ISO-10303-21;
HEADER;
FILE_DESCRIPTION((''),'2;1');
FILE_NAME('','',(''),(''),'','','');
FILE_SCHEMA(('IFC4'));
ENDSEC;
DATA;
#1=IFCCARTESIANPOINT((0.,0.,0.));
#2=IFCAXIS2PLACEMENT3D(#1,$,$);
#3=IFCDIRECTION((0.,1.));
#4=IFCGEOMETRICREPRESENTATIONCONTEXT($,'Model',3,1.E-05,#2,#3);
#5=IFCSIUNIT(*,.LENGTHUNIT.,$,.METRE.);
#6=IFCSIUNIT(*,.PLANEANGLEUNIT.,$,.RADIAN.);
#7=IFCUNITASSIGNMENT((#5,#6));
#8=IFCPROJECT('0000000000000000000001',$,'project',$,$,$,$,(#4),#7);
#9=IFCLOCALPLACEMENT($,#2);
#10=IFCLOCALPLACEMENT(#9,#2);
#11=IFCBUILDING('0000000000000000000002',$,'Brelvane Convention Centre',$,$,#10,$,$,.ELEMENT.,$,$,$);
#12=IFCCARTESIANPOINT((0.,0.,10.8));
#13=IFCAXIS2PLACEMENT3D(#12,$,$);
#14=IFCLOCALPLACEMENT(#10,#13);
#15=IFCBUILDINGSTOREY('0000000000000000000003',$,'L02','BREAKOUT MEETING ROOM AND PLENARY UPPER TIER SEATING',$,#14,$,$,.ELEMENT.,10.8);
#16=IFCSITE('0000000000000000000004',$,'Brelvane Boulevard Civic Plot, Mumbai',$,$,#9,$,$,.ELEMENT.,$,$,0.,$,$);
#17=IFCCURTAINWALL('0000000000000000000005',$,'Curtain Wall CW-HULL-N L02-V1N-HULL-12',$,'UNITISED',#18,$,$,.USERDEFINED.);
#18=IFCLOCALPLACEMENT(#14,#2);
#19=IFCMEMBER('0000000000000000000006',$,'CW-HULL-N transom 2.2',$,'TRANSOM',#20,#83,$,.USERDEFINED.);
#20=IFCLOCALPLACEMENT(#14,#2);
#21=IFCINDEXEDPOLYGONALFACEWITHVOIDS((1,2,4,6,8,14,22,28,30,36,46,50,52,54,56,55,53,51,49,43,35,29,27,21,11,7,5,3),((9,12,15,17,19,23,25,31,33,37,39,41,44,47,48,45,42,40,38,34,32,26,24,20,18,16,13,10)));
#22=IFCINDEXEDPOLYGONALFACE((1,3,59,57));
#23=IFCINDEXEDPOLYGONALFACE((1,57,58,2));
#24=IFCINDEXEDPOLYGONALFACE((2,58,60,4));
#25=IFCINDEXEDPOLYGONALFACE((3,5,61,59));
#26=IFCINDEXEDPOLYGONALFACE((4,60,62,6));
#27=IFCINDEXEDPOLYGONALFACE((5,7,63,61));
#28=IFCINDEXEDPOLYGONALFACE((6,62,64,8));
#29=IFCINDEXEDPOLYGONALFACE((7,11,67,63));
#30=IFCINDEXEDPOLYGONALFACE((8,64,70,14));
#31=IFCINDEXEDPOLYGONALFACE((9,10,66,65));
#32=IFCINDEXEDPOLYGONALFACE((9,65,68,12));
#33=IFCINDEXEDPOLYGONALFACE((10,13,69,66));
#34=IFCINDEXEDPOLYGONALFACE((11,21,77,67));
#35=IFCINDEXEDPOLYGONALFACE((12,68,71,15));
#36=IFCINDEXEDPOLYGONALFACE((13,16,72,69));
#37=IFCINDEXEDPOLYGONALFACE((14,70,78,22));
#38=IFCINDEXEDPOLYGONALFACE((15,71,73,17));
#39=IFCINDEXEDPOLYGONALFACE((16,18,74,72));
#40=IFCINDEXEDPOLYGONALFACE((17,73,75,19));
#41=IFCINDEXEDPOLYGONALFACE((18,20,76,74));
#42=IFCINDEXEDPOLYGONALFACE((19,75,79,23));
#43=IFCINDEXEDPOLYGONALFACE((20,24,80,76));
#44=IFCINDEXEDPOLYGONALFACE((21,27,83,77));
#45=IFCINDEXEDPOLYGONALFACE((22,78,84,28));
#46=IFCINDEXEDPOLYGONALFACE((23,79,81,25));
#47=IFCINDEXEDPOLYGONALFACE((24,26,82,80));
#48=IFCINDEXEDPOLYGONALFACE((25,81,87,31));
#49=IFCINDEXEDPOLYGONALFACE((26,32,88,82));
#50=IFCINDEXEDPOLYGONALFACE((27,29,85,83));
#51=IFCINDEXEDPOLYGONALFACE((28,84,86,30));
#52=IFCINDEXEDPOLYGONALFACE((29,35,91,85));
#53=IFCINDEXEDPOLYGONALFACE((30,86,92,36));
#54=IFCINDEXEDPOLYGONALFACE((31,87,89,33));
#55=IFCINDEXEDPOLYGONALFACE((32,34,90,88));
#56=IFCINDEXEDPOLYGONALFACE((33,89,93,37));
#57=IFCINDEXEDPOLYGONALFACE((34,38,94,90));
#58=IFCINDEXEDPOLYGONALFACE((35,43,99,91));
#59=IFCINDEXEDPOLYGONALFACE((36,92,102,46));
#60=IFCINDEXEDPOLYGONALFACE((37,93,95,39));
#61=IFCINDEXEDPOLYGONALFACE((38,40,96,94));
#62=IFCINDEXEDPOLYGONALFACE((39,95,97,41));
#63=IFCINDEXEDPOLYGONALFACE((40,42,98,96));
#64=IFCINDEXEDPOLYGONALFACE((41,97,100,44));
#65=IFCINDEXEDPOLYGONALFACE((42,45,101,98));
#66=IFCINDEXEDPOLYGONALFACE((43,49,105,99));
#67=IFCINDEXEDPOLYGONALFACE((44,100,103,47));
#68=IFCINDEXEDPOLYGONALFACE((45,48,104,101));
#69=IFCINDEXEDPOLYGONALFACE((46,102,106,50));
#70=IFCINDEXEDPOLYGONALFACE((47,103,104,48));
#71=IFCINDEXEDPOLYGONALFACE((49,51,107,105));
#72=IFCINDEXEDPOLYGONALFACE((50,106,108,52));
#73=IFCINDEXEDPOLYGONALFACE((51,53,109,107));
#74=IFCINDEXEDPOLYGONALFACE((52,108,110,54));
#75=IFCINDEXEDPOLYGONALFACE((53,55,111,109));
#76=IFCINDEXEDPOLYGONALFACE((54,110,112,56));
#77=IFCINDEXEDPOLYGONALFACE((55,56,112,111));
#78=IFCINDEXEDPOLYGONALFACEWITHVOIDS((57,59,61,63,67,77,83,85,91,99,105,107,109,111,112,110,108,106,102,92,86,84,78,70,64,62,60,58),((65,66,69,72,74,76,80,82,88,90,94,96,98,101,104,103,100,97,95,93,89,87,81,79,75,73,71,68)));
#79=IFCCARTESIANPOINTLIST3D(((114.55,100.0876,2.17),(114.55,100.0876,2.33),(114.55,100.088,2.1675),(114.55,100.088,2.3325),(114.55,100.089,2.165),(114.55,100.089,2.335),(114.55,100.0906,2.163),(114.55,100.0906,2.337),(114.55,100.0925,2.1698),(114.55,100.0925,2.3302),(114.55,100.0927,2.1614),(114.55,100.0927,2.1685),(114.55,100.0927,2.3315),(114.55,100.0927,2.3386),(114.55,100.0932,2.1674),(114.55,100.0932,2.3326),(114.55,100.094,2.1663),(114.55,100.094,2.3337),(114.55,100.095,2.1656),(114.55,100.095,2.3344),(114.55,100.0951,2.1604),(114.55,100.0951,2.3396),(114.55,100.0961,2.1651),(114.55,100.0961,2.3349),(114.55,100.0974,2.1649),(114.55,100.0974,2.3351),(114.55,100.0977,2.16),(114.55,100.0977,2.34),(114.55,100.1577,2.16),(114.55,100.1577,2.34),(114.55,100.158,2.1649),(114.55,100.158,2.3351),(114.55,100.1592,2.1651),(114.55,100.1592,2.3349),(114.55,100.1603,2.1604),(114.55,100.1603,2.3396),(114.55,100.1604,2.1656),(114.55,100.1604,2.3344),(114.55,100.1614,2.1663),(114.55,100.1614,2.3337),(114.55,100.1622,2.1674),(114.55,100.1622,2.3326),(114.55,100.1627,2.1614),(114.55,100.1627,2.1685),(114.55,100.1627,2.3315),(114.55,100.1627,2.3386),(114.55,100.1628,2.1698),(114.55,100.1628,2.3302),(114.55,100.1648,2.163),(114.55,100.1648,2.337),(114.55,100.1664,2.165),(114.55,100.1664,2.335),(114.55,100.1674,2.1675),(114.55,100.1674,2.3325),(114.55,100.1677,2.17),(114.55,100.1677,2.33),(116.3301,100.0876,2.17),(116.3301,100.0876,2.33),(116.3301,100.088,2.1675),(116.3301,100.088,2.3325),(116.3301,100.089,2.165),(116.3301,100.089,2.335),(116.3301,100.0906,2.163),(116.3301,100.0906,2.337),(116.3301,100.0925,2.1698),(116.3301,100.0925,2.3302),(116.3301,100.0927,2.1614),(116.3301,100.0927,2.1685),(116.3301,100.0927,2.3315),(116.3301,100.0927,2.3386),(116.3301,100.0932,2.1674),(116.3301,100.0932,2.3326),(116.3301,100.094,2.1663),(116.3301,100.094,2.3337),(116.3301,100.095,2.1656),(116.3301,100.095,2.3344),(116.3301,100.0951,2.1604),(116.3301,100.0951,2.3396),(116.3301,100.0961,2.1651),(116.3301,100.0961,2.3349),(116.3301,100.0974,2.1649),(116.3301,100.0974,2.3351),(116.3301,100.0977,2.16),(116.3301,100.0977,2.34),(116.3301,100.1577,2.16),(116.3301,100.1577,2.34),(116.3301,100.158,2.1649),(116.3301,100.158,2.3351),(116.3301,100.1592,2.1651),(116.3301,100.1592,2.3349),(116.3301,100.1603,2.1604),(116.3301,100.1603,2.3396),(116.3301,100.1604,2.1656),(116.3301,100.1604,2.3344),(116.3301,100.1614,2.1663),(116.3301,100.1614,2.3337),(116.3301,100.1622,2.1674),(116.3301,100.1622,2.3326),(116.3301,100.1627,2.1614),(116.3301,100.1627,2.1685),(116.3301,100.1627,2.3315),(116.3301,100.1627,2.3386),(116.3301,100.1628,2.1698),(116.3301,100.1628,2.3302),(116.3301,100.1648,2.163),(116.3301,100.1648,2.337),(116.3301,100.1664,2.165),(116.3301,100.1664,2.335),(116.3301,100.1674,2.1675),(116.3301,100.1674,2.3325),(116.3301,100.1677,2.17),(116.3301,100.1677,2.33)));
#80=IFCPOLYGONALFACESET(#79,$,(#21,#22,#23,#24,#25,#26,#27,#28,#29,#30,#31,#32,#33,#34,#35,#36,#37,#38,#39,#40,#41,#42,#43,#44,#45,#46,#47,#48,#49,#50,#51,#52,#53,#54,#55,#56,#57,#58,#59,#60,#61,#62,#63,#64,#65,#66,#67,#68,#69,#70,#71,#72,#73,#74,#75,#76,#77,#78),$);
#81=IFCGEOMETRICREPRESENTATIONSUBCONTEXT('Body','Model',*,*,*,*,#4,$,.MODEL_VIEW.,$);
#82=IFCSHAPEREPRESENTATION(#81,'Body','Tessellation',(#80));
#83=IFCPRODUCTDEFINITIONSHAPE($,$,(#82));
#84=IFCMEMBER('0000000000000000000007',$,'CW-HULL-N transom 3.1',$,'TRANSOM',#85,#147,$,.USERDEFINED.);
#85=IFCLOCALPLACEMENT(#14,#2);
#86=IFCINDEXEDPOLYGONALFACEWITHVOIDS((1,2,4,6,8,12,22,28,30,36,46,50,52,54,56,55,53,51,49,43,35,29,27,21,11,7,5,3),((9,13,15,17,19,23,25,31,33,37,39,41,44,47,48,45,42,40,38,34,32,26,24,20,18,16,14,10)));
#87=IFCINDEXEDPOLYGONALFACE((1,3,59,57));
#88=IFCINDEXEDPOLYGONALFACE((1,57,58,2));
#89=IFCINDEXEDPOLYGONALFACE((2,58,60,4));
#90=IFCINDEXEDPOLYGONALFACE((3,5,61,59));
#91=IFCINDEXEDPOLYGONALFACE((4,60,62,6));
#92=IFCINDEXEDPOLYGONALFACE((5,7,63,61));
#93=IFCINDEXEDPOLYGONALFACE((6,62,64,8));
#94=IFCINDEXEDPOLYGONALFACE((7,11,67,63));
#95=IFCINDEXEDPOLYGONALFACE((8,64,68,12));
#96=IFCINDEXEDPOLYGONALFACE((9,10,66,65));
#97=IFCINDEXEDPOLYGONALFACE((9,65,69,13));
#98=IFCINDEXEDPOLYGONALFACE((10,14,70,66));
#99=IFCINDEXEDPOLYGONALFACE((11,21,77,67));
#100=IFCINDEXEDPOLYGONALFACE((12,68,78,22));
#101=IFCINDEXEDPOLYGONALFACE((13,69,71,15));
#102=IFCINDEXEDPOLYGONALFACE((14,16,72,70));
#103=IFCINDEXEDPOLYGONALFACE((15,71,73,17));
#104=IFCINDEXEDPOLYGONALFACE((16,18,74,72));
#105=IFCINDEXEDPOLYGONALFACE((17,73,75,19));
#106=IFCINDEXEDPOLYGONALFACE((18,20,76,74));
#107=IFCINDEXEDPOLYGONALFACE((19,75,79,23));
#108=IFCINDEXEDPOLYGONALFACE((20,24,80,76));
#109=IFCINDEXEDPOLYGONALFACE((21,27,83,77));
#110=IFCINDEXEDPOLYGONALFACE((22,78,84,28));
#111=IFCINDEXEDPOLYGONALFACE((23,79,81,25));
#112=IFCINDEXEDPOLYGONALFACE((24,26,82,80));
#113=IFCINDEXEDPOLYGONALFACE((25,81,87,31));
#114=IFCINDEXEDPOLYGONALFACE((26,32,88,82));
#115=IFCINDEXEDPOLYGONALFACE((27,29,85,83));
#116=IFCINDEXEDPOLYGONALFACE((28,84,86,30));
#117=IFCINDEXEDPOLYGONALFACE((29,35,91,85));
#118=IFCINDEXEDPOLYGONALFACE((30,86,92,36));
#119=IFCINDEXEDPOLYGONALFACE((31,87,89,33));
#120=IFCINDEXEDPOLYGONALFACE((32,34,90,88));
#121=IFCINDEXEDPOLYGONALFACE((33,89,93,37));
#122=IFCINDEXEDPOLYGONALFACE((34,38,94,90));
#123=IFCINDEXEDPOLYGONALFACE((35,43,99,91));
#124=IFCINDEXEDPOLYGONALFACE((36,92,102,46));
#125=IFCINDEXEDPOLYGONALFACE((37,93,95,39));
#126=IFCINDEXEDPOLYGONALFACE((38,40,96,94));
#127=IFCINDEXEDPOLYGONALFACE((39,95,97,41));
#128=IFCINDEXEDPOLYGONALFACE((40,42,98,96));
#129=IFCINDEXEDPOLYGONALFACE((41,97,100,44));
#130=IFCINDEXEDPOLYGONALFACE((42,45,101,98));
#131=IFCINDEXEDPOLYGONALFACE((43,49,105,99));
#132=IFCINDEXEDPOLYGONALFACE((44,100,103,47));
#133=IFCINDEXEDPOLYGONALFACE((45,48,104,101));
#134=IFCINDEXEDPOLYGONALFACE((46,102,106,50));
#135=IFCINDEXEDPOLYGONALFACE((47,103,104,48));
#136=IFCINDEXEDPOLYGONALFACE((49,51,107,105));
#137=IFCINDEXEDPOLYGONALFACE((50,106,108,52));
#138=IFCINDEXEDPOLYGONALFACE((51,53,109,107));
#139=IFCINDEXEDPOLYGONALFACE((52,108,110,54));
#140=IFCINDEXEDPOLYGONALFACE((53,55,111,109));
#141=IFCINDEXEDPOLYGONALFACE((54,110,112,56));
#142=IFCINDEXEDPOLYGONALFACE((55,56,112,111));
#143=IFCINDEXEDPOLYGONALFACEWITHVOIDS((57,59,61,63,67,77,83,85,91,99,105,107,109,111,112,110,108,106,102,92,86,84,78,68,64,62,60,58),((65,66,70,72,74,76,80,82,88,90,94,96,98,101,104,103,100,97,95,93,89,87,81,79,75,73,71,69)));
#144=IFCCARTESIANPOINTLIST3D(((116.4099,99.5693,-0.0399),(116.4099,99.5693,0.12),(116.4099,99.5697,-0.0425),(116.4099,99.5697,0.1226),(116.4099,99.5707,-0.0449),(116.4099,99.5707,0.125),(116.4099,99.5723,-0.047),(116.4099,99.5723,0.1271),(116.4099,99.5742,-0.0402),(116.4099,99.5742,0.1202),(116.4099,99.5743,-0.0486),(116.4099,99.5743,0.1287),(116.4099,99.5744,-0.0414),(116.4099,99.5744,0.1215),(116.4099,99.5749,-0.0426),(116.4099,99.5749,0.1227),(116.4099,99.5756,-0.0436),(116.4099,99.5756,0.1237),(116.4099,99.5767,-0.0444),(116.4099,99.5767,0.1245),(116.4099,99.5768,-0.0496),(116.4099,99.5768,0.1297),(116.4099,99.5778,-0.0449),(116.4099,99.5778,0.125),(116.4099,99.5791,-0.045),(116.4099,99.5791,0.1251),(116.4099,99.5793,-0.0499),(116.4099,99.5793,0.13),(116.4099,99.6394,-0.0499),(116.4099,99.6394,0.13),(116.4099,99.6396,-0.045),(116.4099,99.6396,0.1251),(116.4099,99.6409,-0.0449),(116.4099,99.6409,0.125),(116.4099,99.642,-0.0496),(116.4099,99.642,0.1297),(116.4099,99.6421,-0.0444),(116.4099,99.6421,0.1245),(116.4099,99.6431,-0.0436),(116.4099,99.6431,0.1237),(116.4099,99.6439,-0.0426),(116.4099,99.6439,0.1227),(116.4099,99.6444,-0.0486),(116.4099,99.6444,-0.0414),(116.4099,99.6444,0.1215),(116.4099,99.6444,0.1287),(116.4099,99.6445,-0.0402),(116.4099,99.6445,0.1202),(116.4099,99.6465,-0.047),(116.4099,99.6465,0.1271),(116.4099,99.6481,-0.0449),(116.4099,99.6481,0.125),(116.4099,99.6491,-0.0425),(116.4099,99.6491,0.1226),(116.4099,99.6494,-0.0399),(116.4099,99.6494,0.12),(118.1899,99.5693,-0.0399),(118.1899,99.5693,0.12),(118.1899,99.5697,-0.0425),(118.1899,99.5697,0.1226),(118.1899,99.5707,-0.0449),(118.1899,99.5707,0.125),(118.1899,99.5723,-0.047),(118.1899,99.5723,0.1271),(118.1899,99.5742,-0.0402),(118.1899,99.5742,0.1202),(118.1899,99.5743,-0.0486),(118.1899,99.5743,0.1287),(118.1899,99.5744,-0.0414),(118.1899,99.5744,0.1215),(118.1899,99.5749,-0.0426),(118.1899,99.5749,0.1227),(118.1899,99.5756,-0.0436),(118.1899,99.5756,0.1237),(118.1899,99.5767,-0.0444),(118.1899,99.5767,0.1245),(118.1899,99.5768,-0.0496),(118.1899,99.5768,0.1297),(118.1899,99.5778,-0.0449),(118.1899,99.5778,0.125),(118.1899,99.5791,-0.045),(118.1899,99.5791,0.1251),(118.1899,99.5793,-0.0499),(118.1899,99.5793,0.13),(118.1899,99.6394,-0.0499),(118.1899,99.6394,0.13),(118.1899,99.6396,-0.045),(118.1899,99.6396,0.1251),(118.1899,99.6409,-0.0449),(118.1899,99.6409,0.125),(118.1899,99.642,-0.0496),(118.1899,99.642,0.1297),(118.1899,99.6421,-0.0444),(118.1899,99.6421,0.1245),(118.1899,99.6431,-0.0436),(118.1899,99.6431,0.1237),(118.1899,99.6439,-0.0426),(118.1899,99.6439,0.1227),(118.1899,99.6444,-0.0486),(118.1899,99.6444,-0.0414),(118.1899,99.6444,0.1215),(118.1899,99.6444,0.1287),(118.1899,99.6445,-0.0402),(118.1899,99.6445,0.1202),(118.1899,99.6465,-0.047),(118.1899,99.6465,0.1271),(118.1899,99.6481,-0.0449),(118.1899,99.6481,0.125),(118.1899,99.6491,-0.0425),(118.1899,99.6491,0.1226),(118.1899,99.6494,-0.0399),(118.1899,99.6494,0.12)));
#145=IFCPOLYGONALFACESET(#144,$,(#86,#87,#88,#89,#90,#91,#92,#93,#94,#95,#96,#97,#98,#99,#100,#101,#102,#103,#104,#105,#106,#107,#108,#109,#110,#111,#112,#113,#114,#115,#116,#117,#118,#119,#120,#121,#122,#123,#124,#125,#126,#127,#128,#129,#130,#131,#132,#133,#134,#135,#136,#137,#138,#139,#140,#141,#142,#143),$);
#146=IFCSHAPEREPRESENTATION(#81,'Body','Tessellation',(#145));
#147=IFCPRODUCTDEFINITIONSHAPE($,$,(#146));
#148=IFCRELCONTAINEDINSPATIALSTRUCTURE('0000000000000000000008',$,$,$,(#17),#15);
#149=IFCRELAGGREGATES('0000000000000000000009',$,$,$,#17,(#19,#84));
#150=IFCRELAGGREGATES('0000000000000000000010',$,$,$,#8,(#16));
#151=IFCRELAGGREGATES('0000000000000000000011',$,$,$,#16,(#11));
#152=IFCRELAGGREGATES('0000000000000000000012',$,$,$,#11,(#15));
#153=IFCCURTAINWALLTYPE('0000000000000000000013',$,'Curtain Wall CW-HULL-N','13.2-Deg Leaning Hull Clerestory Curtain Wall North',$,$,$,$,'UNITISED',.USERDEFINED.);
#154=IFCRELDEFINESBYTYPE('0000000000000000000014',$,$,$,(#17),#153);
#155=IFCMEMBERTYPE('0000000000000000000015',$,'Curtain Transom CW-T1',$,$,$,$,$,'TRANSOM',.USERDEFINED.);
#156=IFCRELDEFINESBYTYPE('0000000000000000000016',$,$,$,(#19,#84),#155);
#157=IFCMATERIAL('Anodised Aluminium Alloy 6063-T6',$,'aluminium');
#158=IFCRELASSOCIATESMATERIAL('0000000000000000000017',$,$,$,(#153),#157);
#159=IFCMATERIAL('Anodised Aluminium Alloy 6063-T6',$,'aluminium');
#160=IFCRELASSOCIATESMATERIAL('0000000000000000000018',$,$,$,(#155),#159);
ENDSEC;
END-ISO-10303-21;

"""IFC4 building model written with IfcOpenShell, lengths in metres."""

from ifc_helpers import new_model, si_unit, direction, frame, origin, origin_2d, place, context, subcontext, project, spatial, hollow_rectangle, extrude, material, material_profile, profile_set, type_object, element, aggregate, save


model = new_model("IFC4")

# Units and contexts
model_context = context("Model", 3, precision=1e-05, world=origin(), true_north=direction((0.0, 1.0)))
body_context = subcontext(model_context, "Body", "Model", "MODEL_VIEW")
ifc_project = project(units=[si_unit("LENGTHUNIT", "METRE"), si_unit("PLANEANGLEUNIT", "RADIAN")], contexts=[model_context])

# Site, building, storey
site_placement = place(None, origin())
site = spatial("IfcSite", under=ifc_project, at=site_placement, Name="Brelvane Boulevard Civic Plot, Mumbai", CompositionType="ELEMENT", RefElevation=0.0)
building_placement = place(site_placement, origin())
building = spatial("IfcBuilding", under=site, at=building_placement, Name="Brelvane Convention Centre", CompositionType="ELEMENT")
storey_placement = place(building_placement, frame((0.0, 0.0, 10.8)))
storey = spatial("IfcBuildingStorey", under=building, at=storey_placement, Name="L02", Description="BREAKOUT MEETING ROOM AND PLENARY UPPER TIER SEATING", CompositionType="ELEMENT", Elevation=10.8)

# Curtain wall
ifc_material_1 = material(Name="Anodised Aluminium Alloy 6063-T6", Category="aluminium")
curtain_wall_type = type_object("IfcCurtainWallType", Name="Curtain Wall CW-HULL-N", Description="13.2-Deg Leaning Hull Clerestory Curtain Wall North", ElementType="UNITISED", PredefinedType="USERDEFINED", material=ifc_material_1)
curtain_wall_1_placement = place(storey_placement, origin())
curtain_wall_1 = element("IfcCurtainWall", 1, at=curtain_wall_1_placement, inside=storey, type_object=curtain_wall_type, Name="Curtain Wall CW-HULL-N L02-V1N-HULL-12", ObjectType="UNITISED", PredefinedType="USERDEFINED")

# Members
ifc_material_2 = material(Name="Anodised Aluminium Alloy 6063-T6", Category="aluminium")
ifc_material_profile_1 = material_profile(ifc_material_2, hollow_rectangle(XDim=0.0801, YDim=0.1799, WallThickness=0.0049, InnerFilletRadius=0.0049, OuterFilletRadius=0.01, at=origin_2d()), Name="ALU-T 180x80x5.0")
ifc_profile_set_1 = profile_set([ifc_material_profile_1], Name="Anodised Aluminium Alloy 6063-T6")
member_type_1 = type_object("IfcMemberType", Name="Curtain Transom CW-T1", ElementType="TRANSOM", PredefinedType="USERDEFINED", material=ifc_profile_set_1)
member_1_placement = place(storey_placement, frame((114.55, 100.1277, 2.25), z_axis=(1.0, 0.0, 0.0), x_axis=(0.0, 1.0, 0.0)))
member_1 = element("IfcMember", 2, at=member_1_placement, type_object=member_type_1, Name="CW-HULL-N transom 2.2", ObjectType="TRANSOM", PredefinedType="USERDEFINED", context=body_context, shape_type="SweptSolid", body=[
    extrude(hollow_rectangle(XDim=0.0801, YDim=0.1799, WallThickness=0.0049, InnerFilletRadius=0.0049, OuterFilletRadius=0.01, at=origin_2d()), origin(), (0.0, 0.0, 1.0), 1.78),
])
member_2_placement = place(storey_placement, frame((116.4099, 99.6094, 0.04), z_axis=(1.0, 0.0, 0.0), x_axis=(0.0, 1.0, 0.0)))
member_2 = element("IfcMember", 3, at=member_2_placement, type_object=member_type_1, Name="CW-HULL-N transom 3.1", ObjectType="TRANSOM", PredefinedType="USERDEFINED", context=body_context, shape_type="SweptSolid", body=[
    extrude(hollow_rectangle(XDim=0.0801, YDim=0.1799, WallThickness=0.0049, InnerFilletRadius=0.0049, OuterFilletRadius=0.01, at=origin_2d()), origin(), (0.0, 0.0, 1.0), 1.78),
])

aggregate(curtain_wall_1, [member_1, member_2])

save(model, "model.ifc")
